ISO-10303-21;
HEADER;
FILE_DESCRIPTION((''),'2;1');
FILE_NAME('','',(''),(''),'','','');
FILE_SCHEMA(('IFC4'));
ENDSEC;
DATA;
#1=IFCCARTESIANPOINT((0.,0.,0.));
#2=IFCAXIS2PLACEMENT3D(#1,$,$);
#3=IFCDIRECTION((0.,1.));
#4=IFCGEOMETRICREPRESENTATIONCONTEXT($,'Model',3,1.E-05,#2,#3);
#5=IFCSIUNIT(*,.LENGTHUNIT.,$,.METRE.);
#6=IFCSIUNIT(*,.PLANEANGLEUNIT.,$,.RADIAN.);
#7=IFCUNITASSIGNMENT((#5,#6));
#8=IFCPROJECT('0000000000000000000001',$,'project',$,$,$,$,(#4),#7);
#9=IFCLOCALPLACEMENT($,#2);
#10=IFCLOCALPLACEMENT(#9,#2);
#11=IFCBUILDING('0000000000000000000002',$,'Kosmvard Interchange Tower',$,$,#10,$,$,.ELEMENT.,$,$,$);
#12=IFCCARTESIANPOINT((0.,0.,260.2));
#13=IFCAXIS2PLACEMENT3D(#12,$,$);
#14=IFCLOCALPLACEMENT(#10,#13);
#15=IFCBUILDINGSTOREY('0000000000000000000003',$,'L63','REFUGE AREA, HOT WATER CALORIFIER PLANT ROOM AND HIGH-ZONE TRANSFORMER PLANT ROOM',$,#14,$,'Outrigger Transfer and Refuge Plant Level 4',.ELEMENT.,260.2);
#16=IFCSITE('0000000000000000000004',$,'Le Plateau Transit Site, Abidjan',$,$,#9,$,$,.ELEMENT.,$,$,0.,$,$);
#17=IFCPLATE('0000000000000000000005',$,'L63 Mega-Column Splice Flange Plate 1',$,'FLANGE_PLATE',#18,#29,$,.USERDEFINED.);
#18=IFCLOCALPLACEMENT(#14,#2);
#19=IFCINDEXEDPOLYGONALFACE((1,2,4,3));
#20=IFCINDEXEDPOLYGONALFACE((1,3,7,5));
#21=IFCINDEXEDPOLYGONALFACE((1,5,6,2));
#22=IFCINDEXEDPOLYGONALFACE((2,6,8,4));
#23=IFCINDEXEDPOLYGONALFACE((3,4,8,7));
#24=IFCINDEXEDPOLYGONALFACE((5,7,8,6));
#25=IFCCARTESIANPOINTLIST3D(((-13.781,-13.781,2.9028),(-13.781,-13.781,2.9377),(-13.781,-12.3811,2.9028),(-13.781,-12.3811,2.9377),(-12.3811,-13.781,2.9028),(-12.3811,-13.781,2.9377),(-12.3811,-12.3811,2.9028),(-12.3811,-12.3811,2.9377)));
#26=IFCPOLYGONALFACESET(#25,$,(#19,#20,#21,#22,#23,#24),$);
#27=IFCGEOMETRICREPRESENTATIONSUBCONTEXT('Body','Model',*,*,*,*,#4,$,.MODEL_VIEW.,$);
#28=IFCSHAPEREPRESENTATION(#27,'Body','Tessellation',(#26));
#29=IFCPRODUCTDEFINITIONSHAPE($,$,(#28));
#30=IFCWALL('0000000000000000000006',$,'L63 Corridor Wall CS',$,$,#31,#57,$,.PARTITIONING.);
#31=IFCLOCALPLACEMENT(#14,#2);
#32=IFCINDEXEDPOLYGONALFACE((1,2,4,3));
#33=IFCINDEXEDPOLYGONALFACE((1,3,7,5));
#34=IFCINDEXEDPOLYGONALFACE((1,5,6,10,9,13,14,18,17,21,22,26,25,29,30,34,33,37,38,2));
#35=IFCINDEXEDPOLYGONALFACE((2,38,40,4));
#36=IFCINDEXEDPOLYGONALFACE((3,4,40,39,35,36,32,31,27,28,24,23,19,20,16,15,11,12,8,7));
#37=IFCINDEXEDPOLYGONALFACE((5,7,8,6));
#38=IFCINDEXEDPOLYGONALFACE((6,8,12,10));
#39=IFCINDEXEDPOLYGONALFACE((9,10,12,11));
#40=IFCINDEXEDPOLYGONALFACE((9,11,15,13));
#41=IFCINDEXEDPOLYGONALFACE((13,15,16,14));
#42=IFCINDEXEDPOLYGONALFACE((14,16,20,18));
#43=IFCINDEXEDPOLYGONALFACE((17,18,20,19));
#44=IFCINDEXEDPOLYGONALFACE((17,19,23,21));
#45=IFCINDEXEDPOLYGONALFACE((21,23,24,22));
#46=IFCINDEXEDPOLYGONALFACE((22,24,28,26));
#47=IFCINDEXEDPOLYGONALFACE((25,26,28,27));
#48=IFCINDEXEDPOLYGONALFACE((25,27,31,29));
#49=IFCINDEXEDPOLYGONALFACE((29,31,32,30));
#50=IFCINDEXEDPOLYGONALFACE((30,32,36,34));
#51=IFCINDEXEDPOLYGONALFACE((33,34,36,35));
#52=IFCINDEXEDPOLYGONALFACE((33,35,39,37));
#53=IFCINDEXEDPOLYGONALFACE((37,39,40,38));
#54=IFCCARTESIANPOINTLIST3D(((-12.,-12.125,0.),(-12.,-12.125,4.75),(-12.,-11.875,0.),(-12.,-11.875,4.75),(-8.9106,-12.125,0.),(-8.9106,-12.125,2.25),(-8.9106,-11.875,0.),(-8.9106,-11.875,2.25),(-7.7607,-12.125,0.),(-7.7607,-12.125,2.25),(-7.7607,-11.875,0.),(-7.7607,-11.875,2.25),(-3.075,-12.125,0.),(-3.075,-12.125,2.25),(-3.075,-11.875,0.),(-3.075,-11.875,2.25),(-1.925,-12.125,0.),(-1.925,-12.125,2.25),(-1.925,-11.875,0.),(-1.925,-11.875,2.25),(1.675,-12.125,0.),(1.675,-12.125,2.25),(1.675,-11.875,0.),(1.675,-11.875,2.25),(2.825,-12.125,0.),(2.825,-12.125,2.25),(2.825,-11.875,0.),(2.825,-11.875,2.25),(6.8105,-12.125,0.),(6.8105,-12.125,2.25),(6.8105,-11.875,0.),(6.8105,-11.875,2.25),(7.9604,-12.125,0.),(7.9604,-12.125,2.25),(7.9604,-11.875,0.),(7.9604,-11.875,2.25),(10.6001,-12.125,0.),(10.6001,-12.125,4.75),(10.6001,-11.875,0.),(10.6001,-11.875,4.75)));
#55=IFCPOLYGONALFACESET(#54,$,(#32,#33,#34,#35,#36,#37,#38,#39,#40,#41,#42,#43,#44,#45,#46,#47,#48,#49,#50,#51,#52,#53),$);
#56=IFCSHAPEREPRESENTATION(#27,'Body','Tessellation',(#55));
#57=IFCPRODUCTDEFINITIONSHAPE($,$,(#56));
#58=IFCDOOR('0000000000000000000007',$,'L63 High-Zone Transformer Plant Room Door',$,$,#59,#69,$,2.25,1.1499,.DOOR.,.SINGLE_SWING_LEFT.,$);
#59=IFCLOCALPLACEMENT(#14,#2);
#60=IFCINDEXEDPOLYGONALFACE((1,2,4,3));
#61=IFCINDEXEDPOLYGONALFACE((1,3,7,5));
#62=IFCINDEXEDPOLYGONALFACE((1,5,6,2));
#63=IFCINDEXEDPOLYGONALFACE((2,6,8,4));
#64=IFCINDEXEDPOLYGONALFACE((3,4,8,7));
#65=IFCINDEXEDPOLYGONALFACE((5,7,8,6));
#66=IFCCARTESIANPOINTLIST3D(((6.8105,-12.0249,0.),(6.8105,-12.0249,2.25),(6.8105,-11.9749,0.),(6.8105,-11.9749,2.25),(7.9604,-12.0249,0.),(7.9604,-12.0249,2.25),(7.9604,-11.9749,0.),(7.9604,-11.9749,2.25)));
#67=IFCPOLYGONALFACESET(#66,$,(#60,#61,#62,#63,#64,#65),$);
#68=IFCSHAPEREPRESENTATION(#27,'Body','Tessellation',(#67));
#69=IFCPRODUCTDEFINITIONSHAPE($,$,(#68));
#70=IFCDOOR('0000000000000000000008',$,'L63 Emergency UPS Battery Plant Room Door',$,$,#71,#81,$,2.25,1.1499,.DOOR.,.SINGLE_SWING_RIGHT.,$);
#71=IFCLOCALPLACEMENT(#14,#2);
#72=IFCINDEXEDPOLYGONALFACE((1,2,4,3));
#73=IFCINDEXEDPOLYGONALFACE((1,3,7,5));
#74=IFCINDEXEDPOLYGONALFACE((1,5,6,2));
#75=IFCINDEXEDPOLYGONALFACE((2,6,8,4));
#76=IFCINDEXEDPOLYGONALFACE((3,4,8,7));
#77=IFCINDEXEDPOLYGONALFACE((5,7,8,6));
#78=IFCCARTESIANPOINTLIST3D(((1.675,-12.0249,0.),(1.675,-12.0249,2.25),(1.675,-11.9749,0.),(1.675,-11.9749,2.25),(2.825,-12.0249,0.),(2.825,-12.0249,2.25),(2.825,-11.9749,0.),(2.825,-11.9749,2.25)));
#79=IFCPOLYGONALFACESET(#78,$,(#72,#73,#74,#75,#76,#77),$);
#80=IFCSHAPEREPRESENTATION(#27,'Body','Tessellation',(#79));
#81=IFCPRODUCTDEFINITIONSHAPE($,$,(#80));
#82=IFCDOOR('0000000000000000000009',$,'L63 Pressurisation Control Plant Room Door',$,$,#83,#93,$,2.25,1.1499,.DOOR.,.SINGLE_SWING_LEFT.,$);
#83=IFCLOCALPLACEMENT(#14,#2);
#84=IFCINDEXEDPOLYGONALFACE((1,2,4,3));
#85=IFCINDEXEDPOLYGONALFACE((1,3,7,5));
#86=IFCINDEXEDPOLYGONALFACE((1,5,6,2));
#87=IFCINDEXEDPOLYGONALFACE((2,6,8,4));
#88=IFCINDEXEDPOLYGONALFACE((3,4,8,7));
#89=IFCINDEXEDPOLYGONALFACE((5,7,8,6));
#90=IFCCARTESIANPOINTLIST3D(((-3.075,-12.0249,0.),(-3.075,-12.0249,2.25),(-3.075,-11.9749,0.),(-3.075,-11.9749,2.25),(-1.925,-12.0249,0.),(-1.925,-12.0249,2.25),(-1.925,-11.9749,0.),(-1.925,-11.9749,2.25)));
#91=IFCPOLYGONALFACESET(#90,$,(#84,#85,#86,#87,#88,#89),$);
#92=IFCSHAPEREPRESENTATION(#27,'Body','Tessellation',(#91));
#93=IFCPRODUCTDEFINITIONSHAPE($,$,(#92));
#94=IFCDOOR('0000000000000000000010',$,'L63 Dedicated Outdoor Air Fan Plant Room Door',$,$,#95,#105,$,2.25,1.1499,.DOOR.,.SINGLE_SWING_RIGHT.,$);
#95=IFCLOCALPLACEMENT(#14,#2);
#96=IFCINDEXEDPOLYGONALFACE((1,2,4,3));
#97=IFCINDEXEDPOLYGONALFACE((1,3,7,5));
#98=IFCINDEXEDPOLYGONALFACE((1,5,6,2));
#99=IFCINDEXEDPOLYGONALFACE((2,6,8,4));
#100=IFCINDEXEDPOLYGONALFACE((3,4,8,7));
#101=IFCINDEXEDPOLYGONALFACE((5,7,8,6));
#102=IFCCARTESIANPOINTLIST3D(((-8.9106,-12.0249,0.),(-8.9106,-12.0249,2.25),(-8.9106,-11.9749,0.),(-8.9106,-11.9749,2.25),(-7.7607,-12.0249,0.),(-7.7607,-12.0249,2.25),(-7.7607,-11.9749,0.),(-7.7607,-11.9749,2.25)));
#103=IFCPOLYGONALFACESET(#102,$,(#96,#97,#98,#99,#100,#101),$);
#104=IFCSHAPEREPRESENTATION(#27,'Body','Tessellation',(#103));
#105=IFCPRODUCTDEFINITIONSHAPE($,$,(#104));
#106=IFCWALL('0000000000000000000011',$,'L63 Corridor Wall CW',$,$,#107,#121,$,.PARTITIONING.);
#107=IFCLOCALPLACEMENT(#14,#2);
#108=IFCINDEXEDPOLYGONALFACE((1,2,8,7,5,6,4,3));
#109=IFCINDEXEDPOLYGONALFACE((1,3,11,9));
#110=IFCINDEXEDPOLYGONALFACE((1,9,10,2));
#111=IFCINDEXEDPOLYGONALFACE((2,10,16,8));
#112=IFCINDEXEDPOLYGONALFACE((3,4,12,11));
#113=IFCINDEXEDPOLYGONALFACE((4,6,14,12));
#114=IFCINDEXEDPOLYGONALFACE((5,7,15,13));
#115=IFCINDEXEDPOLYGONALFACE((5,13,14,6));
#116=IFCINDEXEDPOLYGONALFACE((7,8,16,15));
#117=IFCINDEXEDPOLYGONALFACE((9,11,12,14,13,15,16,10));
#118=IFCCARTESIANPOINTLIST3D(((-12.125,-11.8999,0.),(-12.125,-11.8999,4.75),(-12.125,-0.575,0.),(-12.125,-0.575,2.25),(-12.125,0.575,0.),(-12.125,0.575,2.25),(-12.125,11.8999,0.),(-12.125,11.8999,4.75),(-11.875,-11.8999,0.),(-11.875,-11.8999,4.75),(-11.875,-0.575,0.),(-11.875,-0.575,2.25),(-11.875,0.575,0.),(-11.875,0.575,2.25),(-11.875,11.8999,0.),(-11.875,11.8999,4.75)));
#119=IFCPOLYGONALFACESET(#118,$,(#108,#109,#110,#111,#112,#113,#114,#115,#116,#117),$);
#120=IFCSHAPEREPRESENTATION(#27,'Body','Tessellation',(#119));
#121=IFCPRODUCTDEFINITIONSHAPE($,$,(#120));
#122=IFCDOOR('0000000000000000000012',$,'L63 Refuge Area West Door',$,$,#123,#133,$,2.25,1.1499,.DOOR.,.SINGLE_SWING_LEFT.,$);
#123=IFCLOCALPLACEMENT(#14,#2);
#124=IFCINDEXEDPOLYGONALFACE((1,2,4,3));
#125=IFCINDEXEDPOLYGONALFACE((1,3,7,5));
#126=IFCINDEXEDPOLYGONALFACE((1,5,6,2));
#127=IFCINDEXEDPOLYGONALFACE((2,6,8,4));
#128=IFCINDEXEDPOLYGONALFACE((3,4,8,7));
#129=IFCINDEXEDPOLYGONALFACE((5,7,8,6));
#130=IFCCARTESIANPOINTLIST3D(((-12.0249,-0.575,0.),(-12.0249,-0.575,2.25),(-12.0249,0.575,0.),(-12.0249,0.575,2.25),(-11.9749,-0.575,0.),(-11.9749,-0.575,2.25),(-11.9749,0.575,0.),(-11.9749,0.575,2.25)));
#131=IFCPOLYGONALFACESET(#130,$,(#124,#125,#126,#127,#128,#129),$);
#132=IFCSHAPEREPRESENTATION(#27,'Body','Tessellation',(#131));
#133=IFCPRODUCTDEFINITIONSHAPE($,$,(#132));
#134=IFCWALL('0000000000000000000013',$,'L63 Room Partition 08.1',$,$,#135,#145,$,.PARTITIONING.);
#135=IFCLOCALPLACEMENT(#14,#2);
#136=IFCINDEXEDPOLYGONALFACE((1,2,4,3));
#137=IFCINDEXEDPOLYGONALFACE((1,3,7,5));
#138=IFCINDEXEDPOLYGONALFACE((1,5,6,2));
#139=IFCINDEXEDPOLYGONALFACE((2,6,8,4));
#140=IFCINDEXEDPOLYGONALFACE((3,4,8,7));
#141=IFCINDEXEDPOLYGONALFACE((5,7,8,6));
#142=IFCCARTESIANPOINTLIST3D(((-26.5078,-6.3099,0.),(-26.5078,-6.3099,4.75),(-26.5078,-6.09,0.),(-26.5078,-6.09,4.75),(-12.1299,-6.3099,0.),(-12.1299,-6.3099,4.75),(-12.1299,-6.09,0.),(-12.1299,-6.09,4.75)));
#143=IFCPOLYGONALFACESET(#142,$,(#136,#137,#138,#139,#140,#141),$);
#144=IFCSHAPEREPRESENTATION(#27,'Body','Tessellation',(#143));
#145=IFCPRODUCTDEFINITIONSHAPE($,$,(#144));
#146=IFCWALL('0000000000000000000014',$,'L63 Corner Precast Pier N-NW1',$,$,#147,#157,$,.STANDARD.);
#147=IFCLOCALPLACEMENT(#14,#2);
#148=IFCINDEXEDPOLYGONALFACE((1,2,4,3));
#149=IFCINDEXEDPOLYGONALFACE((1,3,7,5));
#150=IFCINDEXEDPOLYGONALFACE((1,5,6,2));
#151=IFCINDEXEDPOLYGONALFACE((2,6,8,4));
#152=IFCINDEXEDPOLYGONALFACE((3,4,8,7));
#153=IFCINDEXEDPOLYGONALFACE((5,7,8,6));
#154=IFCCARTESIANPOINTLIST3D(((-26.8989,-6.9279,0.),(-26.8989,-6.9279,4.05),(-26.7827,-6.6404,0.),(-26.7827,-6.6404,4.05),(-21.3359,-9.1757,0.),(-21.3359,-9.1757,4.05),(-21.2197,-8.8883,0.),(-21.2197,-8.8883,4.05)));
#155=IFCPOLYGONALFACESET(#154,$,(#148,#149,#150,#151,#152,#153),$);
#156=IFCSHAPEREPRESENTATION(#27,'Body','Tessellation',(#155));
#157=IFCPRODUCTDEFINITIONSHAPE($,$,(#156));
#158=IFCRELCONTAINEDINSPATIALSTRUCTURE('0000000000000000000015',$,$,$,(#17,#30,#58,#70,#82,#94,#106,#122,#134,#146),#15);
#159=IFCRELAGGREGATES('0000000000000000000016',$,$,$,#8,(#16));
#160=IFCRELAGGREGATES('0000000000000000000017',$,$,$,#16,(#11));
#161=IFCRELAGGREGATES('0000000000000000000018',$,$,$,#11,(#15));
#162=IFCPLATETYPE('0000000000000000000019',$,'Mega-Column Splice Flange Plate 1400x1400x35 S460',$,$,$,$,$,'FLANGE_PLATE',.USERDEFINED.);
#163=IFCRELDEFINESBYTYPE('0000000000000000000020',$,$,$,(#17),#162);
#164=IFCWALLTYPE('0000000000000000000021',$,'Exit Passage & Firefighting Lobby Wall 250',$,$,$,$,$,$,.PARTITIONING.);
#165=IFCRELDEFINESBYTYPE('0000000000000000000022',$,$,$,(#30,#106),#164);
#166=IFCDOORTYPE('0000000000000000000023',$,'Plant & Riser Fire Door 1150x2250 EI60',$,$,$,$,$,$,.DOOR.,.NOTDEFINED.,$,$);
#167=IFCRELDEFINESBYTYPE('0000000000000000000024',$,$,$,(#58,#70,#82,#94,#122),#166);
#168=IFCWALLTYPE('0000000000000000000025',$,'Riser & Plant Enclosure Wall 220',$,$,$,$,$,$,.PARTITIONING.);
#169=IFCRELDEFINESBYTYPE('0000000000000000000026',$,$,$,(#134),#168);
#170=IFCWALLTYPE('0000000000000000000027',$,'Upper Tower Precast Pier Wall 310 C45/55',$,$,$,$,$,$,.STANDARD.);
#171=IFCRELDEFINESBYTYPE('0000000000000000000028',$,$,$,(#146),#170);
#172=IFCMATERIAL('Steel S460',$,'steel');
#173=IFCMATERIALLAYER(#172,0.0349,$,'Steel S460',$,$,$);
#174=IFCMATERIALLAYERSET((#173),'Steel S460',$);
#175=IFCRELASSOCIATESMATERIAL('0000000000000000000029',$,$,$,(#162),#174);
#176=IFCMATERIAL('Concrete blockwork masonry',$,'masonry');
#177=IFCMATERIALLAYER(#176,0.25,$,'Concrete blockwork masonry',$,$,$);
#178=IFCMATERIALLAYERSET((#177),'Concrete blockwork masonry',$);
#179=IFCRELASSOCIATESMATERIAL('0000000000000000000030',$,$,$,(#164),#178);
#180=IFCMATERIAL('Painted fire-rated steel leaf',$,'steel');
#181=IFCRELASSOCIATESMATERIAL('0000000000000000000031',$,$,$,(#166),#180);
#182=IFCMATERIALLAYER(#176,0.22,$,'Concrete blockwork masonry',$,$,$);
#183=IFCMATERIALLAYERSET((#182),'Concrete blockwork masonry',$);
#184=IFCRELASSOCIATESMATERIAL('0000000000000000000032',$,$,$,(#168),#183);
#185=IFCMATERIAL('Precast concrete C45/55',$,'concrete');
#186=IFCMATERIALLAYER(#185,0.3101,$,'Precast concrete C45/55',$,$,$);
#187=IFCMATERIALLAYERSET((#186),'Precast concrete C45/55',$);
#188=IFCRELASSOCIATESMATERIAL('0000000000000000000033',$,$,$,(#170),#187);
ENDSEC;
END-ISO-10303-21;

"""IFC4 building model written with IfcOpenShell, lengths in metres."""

from ifc_helpers import new_model, si_unit, direction, frame, frame_2d, origin, origin_2d, place, context, subcontext, project, spatial, rectangle, extrude, source, transform, mapped, material, layer, layer_set, type_object, element, fill, save


model = new_model("IFC4")

# Units and contexts
model_context = context("Model", 3, precision=1e-05, world=origin(), true_north=direction((0.0, 1.0)))
body_context = subcontext(model_context, "Body", "Model", "MODEL_VIEW")
ifc_project = project(units=[si_unit("LENGTHUNIT", "METRE"), si_unit("PLANEANGLEUNIT", "RADIAN")], contexts=[model_context])

# Site, building, storey
site_placement = place(None, origin())
site = spatial("IfcSite", under=ifc_project, at=site_placement, Name="Le Plateau Transit Site, Abidjan", CompositionType="ELEMENT", RefElevation=0.0)
building_placement = place(site_placement, origin())
building = spatial("IfcBuilding", under=site, at=building_placement, Name="Kosmvard Interchange Tower", CompositionType="ELEMENT")
storey_placement = place(building_placement, frame((0.0, 0.0, 260.2)))
storey = spatial("IfcBuildingStorey", under=building, at=storey_placement, Name="L63", Description="REFUGE AREA, HOT WATER CALORIFIER PLANT ROOM AND HIGH-ZONE TRANSFORMER PLANT ROOM", LongName="Outrigger Transfer and Refuge Plant Level 4", CompositionType="ELEMENT", Elevation=260.2)

# Shared definitions
ifc_material_1 = material(Name="Steel S460", Category="steel")

# Plate
ifc_layer_1 = layer(ifc_material_1, 0.0349, Name="Steel S460")
ifc_layer_set_1 = layer_set([ifc_layer_1], Name="Steel S460")
plate_type_1 = type_object("IfcPlateType", Name="Mega-Column Splice Flange Plate 1400x1400x35 S460", ElementType="FLANGE_PLATE", PredefinedType="USERDEFINED", material=ifc_layer_set_1)
shared_shape_1 = source(origin(), body_context, "Body", "SweptSolid", [
    extrude(rectangle(XDim=1.3999, YDim=1.3999, at=origin_2d()), origin(), (0.0, 0.0, 1.0), 0.0349),
])
plate_1_placement = place(storey_placement, frame((-13.0811, -13.0811, 2.9028), z_axis=(0.0, 0.0, 1.0), x_axis=(1.0, 0.0, 0.0)))
element("IfcPlate", 1, at=plate_1_placement, inside=storey, type_object=plate_type_1, Name="L63 Mega-Column Splice Flange Plate 1", ObjectType="FLANGE_PLATE", PredefinedType="USERDEFINED", context=body_context, shape_type="MappedRepresentation", body=[
    mapped(shared_shape_1, transform((0.0, 0.0, 0.0), scale=1.0)),
])

# Wall, openings, doors
ifc_material_2 = material(Name="Concrete blockwork masonry", Category="masonry")
ifc_layer_2 = layer(ifc_material_2, 0.25, Name="Concrete blockwork masonry")
ifc_layer_set_2 = layer_set([ifc_layer_2], Name="Concrete blockwork masonry")
wall_type_1 = type_object("IfcWallType", Name="Exit Passage & Firefighting Lobby Wall 250", PredefinedType="PARTITIONING", material=ifc_layer_set_2)
wall_1_placement = place(storey_placement, frame((-12.0, -12.0, 0.0), z_axis=(0.0, 0.0, 1.0), x_axis=(1.0, 0.0, 0.0)))
wall_1 = element("IfcWall", 2, at=wall_1_placement, inside=storey, type_object=wall_type_1, Name="L63 Corridor Wall CS", PredefinedType="PARTITIONING", context=body_context, shape_type="SweptSolid", body=[
    extrude(rectangle(XDim=22.6001, YDim=0.25, at=frame_2d((11.3, 0.0))), origin(), (0.0, 0.0, 1.0), 4.75),
])
opening_1_placement = place(wall_1_placement, frame((18.8105, 0.0, 0.0)))
opening_1 = element("IfcOpeningElement", 3, at=opening_1_placement, cuts=wall_1, PredefinedType="OPENING", context=body_context, shape_type="SweptSolid", body=[
    extrude(rectangle(XDim=1.1499, YDim=2.25, at=frame_2d((0.575, 1.125))), frame((0.0, 0.135, 0.0), z_axis=(0.0, -1.0, 0.0), x_axis=(1.0, 0.0, 0.0)), (0.0, 0.0, 1.0), 0.27),
])
opening_2_placement = place(wall_1_placement, frame((13.675, 0.0, 0.0)))
opening_2 = element("IfcOpeningElement", 4, at=opening_2_placement, cuts=wall_1, PredefinedType="OPENING", context=body_context, shape_type="SweptSolid", body=[
    extrude(rectangle(XDim=1.1499, YDim=2.25, at=frame_2d((0.575, 1.125))), frame((0.0, 0.135, 0.0), z_axis=(0.0, -1.0, 0.0), x_axis=(1.0, 0.0, 0.0)), (0.0, 0.0, 1.0), 0.27),
])
opening_3_placement = place(wall_1_placement, frame((8.925, 0.0, 0.0)))
opening_3 = element("IfcOpeningElement", 5, at=opening_3_placement, cuts=wall_1, PredefinedType="OPENING", context=body_context, shape_type="SweptSolid", body=[
    extrude(rectangle(XDim=1.1499, YDim=2.25, at=frame_2d((0.575, 1.125))), frame((0.0, 0.135, 0.0), z_axis=(0.0, -1.0, 0.0), x_axis=(1.0, 0.0, 0.0)), (0.0, 0.0, 1.0), 0.27),
])
opening_4_placement = place(wall_1_placement, frame((3.0894, 0.0, 0.0)))
opening_4 = element("IfcOpeningElement", 6, at=opening_4_placement, cuts=wall_1, PredefinedType="OPENING", context=body_context, shape_type="SweptSolid", body=[
    extrude(rectangle(XDim=1.1499, YDim=2.25, at=frame_2d((0.575, 1.125))), frame((0.0, 0.135, 0.0), z_axis=(0.0, -1.0, 0.0), x_axis=(1.0, 0.0, 0.0)), (0.0, 0.0, 1.0), 0.27),
])
ifc_material_3 = material(Name="Painted fire-rated steel leaf", Category="steel")
door_type = type_object("IfcDoorType", Name="Plant & Riser Fire Door 1150x2250 EI60", OperationType="NOTDEFINED", PredefinedType="DOOR", material=ifc_material_3)
shared_shape_2 = source(origin(), body_context, "Body", "SweptSolid", [
    extrude(rectangle(XDim=1.1499, YDim=2.25, at=frame_2d((0.575, 1.125))), frame((0.0, 0.0249, 0.0), z_axis=(0.0, -1.0, 0.0), x_axis=(1.0, 0.0, 0.0)), (0.0, 0.0, 1.0), 0.05),
])
door_1_placement = place(opening_1_placement, frame((1.1499, 0.0, 0.0), z_axis=(0.0, 0.0, 1.0), x_axis=(-1.0, 0.0, 0.0)))
door_1 = element("IfcDoor", 7, at=door_1_placement, inside=storey, type_object=door_type, Name="L63 High-Zone Transformer Plant Room Door", OperationType="SINGLE_SWING_LEFT", OverallHeight=2.25, OverallWidth=1.1499, PredefinedType="DOOR", context=body_context, shape_type="MappedRepresentation", body=[
    mapped(shared_shape_2, transform((0.0, 0.0, 0.0), scale=1.0)),
])
fill(opening_1, door_1)
door_2_placement = place(opening_2_placement, frame((1.1499, 0.0, 0.0), z_axis=(0.0, 0.0, 1.0), x_axis=(-1.0, 0.0, 0.0)))
door_2 = element("IfcDoor", 8, at=door_2_placement, inside=storey, type_object=door_type, Name="L63 Emergency UPS Battery Plant Room Door", OperationType="SINGLE_SWING_RIGHT", OverallHeight=2.25, OverallWidth=1.1499, PredefinedType="DOOR", context=body_context, shape_type="MappedRepresentation", body=[
    mapped(shared_shape_2, transform((0.0, 0.0, 0.0), scale=1.0)),
])
fill(opening_2, door_2)
door_3_placement = place(opening_3_placement, frame((1.1499, 0.0, 0.0), z_axis=(0.0, 0.0, 1.0), x_axis=(-1.0, 0.0, 0.0)))
door_3 = element("IfcDoor", 9, at=door_3_placement, inside=storey, type_object=door_type, Name="L63 Pressurisation Control Plant Room Door", OperationType="SINGLE_SWING_LEFT", OverallHeight=2.25, OverallWidth=1.1499, PredefinedType="DOOR", context=body_context, shape_type="MappedRepresentation", body=[
    mapped(shared_shape_2, transform((0.0, 0.0, 0.0), scale=1.0)),
])
fill(opening_3, door_3)
door_4_placement = place(opening_4_placement, frame((1.1499, 0.0, 0.0), z_axis=(0.0, 0.0, 1.0), x_axis=(-1.0, 0.0, 0.0)))
door_4 = element("IfcDoor", 10, at=door_4_placement, inside=storey, type_object=door_type, Name="L63 Dedicated Outdoor Air Fan Plant Room Door", OperationType="SINGLE_SWING_RIGHT", OverallHeight=2.25, OverallWidth=1.1499, PredefinedType="DOOR", context=body_context, shape_type="MappedRepresentation", body=[
    mapped(shared_shape_2, transform((0.0, 0.0, 0.0), scale=1.0)),
])
fill(opening_4, door_4)

# Wall, opening, door
wall_2_placement = place(storey_placement, frame((-12.0, -11.8999, 0.0), z_axis=(0.0, 0.0, 1.0), x_axis=(0.0, 1.0, 0.0)))
wall_2 = element("IfcWall", 11, at=wall_2_placement, inside=storey, type_object=wall_type_1, Name="L63 Corridor Wall CW", PredefinedType="PARTITIONING", context=body_context, shape_type="SweptSolid", body=[
    extrude(rectangle(XDim=23.7998, YDim=0.25, at=frame_2d((11.8999, 0.0))), origin(), (0.0, 0.0, 1.0), 4.75),
])
opening_5_placement = place(wall_2_placement, frame((11.325, 0.0, 0.0)))
opening_5 = element("IfcOpeningElement", 12, at=opening_5_placement, cuts=wall_2, PredefinedType="OPENING", context=body_context, shape_type="SweptSolid", body=[
    extrude(rectangle(XDim=1.1499, YDim=2.25, at=frame_2d((0.575, 1.125))), frame((0.0, 0.135, 0.0), z_axis=(0.0, -1.0, 0.0), x_axis=(1.0, 0.0, 0.0)), (0.0, 0.0, 1.0), 0.27),
])
door_5_placement = place(opening_5_placement, origin())
door_5 = element("IfcDoor", 13, at=door_5_placement, inside=storey, type_object=door_type, Name="L63 Refuge Area West Door", OperationType="SINGLE_SWING_LEFT", OverallHeight=2.25, OverallWidth=1.1499, PredefinedType="DOOR", context=body_context, shape_type="MappedRepresentation", body=[
    mapped(shared_shape_2, transform((0.0, 0.0, 0.0), scale=1.0)),
])
fill(opening_5, door_5)

# Walls
ifc_layer_3 = layer(ifc_material_2, 0.22, Name="Concrete blockwork masonry")
ifc_layer_set_3 = layer_set([ifc_layer_3], Name="Concrete blockwork masonry")
wall_type_2 = type_object("IfcWallType", Name="Riser & Plant Enclosure Wall 220", PredefinedType="PARTITIONING", material=ifc_layer_set_3)
wall_3_placement = place(storey_placement, frame((-12.1299, -6.2, 0.0), z_axis=(0.0, 0.0, 1.0), x_axis=(-1.0, 0.0, 0.0)))
element("IfcWall", 14, at=wall_3_placement, inside=storey, type_object=wall_type_2, Name="L63 Room Partition 08.1", PredefinedType="PARTITIONING", context=body_context, shape_type="SweptSolid", body=[
    extrude(rectangle(XDim=14.3779, YDim=0.22, at=frame_2d((7.189, 0.0))), origin(), (0.0, 0.0, 1.0), 4.75),
])
ifc_material_4 = material(Name="Precast concrete C45/55", Category="concrete")
ifc_layer_4 = layer(ifc_material_4, 0.3101, Name="Precast concrete C45/55")
ifc_layer_set_4 = layer_set([ifc_layer_4], Name="Precast concrete C45/55")
wall_type_3 = type_object("IfcWallType", Name="Upper Tower Precast Pier Wall 310 C45/55", PredefinedType="STANDARD", material=ifc_layer_set_4)
wall_4_placement = place(storey_placement, frame((-26.8408, -6.7842, 0.0), z_axis=(0.0, 0.0, 1.0), x_axis=(0.927172, -0.374637, 0.0)))
element("IfcWall", 15, at=wall_4_placement, inside=storey, type_object=wall_type_3, Name="L63 Corner Precast Pier N-NW1", PredefinedType="STANDARD", context=body_context, shape_type="SweptSolid", body=[
    extrude(rectangle(XDim=6.0, YDim=0.3101, at=frame_2d((3.0, 0.0))), origin(), (0.0, 0.0, 1.0), 4.05),
])

save(model, "model.ifc")
